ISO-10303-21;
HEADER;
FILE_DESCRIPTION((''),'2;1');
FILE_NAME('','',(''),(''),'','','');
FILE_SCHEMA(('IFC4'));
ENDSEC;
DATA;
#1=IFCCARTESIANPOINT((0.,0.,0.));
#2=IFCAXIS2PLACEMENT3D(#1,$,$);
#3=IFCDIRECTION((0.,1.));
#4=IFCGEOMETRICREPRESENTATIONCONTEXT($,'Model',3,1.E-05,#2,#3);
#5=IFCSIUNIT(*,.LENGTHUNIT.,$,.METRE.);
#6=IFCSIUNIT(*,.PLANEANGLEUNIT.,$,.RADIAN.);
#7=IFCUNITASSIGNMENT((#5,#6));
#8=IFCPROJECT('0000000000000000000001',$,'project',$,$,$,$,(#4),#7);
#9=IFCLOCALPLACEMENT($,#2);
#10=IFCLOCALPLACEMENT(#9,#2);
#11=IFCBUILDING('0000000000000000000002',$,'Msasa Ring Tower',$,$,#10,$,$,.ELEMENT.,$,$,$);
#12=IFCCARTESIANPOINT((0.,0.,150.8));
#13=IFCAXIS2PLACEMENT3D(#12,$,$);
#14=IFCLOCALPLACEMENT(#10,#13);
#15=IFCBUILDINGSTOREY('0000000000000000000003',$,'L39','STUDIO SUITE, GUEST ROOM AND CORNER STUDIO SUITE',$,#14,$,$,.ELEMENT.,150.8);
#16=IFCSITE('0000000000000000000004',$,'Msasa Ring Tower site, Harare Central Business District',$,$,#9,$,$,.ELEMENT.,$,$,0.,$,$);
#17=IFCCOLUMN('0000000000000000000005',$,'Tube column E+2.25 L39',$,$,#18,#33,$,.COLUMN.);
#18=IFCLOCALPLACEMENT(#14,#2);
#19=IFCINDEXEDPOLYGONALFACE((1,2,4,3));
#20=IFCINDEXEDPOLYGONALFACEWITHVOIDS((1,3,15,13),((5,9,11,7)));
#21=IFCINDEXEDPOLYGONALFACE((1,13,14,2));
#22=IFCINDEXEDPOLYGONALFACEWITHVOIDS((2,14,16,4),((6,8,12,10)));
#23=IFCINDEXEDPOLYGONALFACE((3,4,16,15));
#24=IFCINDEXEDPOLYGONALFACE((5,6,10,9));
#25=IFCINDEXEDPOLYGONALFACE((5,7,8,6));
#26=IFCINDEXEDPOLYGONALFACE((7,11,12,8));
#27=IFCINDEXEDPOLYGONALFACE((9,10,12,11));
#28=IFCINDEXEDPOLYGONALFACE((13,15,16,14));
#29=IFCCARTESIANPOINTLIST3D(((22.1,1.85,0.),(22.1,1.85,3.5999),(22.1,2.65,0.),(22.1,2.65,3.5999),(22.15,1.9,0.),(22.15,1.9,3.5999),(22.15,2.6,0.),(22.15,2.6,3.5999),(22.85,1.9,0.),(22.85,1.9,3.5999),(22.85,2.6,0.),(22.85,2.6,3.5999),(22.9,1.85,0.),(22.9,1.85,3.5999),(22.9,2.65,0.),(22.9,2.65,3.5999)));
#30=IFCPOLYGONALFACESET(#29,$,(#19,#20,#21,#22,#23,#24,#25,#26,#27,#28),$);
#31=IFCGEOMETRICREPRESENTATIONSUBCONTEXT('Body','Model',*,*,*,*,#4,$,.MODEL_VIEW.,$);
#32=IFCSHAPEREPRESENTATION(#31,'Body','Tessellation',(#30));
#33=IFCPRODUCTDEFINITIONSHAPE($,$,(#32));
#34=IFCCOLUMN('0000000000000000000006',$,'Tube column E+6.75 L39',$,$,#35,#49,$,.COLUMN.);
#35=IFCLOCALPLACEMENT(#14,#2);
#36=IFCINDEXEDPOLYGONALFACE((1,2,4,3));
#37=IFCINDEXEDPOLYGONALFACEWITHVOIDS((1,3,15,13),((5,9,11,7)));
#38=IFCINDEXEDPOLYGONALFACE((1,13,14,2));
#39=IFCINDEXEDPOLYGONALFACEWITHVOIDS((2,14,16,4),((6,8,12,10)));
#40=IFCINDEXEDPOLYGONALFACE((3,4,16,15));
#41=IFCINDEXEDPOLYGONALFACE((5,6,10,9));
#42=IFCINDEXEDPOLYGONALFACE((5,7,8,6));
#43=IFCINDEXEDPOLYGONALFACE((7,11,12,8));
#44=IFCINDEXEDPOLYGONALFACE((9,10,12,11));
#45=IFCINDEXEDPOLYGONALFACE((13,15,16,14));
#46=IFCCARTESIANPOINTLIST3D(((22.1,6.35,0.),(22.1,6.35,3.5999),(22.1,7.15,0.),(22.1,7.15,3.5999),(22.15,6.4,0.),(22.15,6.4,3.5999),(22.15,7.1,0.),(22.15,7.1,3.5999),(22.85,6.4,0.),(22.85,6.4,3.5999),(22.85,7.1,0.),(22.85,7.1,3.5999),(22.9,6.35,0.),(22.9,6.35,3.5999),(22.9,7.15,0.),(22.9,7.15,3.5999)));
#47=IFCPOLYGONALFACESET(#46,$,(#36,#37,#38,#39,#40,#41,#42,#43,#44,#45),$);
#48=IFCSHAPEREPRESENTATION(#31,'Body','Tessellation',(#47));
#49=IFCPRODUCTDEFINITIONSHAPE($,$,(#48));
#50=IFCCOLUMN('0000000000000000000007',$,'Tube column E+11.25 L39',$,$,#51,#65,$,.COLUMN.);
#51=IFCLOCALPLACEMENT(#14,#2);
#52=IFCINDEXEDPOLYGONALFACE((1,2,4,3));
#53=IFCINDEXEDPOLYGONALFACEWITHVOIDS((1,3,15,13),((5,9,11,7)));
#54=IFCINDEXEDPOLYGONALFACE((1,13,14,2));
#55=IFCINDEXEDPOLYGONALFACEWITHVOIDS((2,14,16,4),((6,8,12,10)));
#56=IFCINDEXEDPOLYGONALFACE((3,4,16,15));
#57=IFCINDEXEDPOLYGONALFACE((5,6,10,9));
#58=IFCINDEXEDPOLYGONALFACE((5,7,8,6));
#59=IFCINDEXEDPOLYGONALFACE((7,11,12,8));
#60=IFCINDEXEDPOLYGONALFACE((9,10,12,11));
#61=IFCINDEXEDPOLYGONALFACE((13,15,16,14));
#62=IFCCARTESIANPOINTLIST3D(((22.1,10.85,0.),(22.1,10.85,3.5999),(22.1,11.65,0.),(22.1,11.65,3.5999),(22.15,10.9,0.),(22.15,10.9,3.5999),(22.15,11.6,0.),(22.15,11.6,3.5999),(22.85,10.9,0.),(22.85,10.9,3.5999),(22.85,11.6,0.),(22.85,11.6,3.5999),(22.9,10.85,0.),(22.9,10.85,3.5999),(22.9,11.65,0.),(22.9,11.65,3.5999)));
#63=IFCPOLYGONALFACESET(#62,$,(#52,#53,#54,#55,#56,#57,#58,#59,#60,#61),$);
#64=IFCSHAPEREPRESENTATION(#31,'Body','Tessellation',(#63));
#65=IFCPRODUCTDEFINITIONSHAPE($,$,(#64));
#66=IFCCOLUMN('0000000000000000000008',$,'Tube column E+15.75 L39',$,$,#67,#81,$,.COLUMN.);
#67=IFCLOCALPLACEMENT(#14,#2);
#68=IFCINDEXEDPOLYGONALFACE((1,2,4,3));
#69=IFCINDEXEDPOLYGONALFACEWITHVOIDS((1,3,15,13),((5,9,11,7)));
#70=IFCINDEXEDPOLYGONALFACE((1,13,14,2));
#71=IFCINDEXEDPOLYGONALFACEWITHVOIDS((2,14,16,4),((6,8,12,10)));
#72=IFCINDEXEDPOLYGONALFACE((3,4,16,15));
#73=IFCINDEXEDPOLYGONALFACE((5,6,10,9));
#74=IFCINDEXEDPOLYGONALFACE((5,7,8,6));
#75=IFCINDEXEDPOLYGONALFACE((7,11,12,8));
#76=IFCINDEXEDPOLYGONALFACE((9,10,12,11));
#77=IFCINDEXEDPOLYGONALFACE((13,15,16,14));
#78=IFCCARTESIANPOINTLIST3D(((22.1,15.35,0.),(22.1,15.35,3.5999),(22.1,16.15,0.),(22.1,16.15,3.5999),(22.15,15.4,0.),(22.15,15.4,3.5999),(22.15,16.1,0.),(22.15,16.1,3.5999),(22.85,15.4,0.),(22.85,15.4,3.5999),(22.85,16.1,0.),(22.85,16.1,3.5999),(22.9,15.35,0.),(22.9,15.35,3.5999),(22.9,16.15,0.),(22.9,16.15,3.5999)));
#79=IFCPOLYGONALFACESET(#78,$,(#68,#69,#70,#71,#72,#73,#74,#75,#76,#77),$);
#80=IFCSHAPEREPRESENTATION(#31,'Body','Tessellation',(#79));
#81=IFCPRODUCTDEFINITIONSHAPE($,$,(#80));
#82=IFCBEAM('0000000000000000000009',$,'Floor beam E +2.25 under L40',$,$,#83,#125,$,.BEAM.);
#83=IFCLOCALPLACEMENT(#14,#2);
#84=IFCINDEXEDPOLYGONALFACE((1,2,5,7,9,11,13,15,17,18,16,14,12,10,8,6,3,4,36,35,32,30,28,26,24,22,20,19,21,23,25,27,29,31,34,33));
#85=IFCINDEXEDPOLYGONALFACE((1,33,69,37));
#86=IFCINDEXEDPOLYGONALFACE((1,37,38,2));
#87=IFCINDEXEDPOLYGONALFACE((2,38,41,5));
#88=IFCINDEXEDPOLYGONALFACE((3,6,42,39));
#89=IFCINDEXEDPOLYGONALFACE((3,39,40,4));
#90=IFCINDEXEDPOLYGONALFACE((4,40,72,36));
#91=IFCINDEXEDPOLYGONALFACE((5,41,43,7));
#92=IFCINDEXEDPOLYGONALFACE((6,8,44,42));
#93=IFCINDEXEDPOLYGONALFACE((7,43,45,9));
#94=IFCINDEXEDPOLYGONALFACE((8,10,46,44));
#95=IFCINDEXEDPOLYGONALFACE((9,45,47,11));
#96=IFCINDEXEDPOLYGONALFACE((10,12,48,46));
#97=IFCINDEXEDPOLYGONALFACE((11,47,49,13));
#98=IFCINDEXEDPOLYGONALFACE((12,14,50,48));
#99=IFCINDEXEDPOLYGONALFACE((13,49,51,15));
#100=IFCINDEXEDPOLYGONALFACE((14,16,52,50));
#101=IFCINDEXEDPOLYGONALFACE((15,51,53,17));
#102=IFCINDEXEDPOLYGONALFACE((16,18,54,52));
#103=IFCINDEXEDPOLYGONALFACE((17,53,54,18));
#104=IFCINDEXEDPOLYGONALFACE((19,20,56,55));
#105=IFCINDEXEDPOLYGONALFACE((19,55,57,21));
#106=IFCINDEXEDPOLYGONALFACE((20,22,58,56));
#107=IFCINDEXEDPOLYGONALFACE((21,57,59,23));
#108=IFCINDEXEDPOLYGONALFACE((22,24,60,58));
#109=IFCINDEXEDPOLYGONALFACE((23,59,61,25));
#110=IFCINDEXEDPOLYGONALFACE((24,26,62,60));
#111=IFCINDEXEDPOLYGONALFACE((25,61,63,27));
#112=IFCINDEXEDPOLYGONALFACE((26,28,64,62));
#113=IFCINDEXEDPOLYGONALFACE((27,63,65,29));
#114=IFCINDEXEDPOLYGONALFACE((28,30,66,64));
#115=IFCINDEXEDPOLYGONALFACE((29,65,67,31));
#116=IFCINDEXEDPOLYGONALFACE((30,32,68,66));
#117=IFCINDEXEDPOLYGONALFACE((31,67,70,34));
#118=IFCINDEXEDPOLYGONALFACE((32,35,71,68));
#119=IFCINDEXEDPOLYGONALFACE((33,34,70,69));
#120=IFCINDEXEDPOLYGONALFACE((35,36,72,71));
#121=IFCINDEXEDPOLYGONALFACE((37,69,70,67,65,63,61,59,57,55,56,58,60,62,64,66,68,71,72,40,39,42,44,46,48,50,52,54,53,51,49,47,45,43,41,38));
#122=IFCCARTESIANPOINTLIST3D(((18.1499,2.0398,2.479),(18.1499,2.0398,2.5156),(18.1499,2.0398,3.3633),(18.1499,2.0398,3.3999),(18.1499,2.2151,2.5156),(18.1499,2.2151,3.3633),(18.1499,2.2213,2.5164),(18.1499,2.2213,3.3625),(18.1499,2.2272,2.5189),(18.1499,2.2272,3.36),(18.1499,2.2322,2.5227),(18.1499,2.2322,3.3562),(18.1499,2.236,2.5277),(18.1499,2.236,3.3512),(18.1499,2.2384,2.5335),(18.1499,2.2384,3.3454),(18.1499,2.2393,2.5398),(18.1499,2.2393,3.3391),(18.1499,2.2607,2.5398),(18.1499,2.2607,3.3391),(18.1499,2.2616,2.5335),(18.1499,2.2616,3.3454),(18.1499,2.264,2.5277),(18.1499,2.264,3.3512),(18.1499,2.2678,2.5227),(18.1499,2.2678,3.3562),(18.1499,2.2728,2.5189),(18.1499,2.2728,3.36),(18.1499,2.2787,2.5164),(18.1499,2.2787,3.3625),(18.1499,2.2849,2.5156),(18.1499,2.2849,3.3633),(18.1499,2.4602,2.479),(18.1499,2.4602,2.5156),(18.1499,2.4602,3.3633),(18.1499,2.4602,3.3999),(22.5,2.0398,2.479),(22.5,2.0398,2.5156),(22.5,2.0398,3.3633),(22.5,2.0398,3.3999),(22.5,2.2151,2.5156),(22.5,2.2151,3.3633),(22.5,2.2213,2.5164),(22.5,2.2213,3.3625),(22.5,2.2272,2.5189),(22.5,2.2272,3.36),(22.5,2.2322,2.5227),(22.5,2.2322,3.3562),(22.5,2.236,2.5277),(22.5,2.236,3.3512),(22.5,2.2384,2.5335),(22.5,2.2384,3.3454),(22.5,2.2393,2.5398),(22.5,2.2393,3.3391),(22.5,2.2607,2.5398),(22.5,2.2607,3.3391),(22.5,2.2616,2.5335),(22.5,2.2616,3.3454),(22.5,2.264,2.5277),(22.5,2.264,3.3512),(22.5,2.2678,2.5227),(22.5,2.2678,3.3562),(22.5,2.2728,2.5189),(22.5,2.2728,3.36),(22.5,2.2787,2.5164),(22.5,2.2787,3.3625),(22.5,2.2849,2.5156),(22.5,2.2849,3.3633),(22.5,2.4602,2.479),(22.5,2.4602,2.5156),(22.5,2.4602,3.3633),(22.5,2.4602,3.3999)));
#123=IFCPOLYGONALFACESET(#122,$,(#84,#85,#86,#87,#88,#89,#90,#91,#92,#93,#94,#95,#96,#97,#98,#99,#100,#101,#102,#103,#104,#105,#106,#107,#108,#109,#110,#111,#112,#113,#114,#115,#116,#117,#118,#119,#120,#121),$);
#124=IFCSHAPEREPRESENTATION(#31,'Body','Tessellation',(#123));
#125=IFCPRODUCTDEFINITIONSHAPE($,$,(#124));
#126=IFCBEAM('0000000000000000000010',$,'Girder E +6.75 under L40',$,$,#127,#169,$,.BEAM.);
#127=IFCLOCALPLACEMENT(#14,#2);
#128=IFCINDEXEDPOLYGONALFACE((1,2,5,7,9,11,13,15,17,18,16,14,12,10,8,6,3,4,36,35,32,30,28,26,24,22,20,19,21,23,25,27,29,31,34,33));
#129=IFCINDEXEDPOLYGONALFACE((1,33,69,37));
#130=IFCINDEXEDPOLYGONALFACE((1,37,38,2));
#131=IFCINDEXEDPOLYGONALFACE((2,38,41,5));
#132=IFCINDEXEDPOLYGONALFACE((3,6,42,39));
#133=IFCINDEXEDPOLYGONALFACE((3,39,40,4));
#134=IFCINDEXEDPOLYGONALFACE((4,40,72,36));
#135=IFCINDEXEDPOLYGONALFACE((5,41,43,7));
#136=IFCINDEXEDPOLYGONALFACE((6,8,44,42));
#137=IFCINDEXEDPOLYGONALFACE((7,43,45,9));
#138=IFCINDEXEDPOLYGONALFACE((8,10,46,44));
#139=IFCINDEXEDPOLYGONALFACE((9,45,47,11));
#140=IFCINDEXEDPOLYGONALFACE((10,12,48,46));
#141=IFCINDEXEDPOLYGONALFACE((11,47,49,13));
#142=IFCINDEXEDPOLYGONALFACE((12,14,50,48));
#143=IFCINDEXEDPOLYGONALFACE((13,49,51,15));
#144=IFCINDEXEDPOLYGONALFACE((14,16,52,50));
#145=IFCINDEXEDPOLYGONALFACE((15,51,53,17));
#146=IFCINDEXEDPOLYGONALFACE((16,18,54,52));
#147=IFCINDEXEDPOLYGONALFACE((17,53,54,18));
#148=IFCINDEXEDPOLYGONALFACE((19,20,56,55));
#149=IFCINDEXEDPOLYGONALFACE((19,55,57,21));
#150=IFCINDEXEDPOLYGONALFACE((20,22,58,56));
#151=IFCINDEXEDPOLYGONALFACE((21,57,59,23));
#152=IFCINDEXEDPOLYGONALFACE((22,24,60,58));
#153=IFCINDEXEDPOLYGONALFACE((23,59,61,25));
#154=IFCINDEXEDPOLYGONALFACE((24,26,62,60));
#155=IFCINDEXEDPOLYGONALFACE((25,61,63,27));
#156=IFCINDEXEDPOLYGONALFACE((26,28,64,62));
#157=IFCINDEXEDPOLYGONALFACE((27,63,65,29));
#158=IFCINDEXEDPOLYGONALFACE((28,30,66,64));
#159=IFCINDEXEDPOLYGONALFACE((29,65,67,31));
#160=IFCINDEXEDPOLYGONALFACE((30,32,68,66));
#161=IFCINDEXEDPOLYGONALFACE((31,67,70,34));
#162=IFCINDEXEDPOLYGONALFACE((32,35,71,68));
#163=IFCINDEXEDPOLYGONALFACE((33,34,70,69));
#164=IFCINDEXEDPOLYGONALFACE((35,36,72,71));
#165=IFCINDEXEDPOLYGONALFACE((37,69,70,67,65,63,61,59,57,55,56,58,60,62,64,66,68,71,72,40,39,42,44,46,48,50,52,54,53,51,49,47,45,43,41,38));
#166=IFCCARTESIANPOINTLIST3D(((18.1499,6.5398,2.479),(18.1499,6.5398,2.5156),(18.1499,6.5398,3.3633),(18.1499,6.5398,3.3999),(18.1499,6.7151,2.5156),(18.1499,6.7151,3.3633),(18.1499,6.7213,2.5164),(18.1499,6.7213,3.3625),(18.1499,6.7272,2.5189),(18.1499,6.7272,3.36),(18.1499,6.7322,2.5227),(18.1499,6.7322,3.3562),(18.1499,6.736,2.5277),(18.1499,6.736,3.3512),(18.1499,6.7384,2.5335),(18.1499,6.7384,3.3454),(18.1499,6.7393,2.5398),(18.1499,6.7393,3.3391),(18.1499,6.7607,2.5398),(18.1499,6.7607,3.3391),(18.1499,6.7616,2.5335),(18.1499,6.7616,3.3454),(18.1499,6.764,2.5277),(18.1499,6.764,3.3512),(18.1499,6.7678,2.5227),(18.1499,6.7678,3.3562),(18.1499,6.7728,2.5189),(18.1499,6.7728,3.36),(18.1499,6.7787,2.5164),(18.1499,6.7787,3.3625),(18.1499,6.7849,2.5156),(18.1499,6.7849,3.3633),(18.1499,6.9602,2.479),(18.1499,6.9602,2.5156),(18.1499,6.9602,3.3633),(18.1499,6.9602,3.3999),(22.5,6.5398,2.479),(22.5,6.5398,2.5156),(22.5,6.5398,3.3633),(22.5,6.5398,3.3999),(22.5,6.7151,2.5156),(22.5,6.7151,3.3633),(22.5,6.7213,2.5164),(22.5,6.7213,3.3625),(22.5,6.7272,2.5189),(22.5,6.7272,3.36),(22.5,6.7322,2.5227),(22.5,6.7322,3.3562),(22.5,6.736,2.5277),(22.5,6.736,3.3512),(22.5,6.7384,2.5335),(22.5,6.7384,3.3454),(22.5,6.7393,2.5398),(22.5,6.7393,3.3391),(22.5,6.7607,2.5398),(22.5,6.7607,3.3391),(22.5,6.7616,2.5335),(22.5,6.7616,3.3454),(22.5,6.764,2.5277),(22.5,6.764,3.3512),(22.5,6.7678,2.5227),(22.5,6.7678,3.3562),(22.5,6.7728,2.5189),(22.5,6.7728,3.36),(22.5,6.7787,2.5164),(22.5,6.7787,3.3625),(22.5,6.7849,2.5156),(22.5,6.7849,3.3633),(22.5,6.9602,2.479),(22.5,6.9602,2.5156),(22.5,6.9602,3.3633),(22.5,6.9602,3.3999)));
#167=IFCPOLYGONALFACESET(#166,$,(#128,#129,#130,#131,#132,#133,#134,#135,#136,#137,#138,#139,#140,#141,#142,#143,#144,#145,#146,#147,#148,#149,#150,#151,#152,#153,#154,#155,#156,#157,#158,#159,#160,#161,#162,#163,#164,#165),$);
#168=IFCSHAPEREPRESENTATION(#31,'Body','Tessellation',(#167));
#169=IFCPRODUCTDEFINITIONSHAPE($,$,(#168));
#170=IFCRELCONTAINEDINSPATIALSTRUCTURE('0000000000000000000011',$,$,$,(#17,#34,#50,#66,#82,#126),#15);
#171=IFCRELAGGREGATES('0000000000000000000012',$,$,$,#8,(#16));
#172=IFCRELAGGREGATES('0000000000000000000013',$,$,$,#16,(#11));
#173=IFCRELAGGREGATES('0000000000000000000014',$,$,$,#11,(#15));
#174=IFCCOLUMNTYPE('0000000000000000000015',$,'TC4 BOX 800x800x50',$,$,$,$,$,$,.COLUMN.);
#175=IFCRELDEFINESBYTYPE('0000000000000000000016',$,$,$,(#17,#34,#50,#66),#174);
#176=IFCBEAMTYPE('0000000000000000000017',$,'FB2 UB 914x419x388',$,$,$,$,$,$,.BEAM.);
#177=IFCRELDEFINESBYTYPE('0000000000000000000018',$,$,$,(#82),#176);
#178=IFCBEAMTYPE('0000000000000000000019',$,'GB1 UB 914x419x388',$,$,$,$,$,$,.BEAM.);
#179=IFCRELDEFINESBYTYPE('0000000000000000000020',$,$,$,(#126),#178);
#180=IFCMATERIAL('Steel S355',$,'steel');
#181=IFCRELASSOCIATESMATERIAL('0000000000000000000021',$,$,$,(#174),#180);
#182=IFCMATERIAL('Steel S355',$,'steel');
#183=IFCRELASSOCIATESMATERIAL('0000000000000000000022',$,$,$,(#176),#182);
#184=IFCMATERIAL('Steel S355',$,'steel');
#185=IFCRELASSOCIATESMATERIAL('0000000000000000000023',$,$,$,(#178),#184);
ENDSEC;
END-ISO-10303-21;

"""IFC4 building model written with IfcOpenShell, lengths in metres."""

from ifc_helpers import new_model, si_unit, direction, frame, origin, origin_2d, place, context, subcontext, project, spatial, hollow_rectangle, i_section, extrude, material, material_profile, profile_set, type_object, element, save


model = new_model("IFC4")

# Units and contexts
model_context = context("Model", 3, precision=1e-05, world=origin(), true_north=direction((0.0, 1.0)))
body_context = subcontext(model_context, "Body", "Model", "MODEL_VIEW")
ifc_project = project(units=[si_unit("LENGTHUNIT", "METRE"), si_unit("PLANEANGLEUNIT", "RADIAN")], contexts=[model_context])

# Site, building, storey
site_placement = place(None, origin())
site = spatial("IfcSite", under=ifc_project, at=site_placement, Name="Msasa Ring Tower site, Harare Central Business District", CompositionType="ELEMENT", RefElevation=0.0)
building_placement = place(site_placement, origin())
building = spatial("IfcBuilding", under=site, at=building_placement, Name="Msasa Ring Tower", CompositionType="ELEMENT")
storey_placement = place(building_placement, frame((0.0, 0.0, 150.8)))
storey = spatial("IfcBuildingStorey", under=building, at=storey_placement, Name="L39", Description="STUDIO SUITE, GUEST ROOM AND CORNER STUDIO SUITE", CompositionType="ELEMENT", Elevation=150.8)

# Columns
ifc_material_1 = material(Name="Steel S355", Category="steel")
ifc_material_profile_1 = material_profile(ifc_material_1, hollow_rectangle(XDim=0.8, YDim=0.8, WallThickness=0.05, at=origin_2d()), Name="BOX 800x800x50")
ifc_profile_set_1 = profile_set([ifc_material_profile_1], Name="Steel S355")
column_type = type_object("IfcColumnType", Name="TC4 BOX 800x800x50", PredefinedType="COLUMN", material=ifc_profile_set_1)
for number, where, z_axis, x_axis, name in (
    (1, (22.5, 2.25, 0.0), (0.0, 0.0, 1.0), (1.0, 0.0, 0.0), "Tube column E+2.25 L39"),
    (2, (22.5, 6.75, 0.0), (0.0, 0.0, 1.0), (1.0, 0.0, 0.0), "Tube column E+6.75 L39"),
    (3, (22.5, 11.25, 0.0), (0.0, 0.0, 1.0), (1.0, 0.0, 0.0), "Tube column E+11.25 L39"),
    (4, (22.5, 15.75, 0.0), (0.0, 0.0, 1.0), (1.0, 0.0, 0.0), "Tube column E+15.75 L39"),
):
    element("IfcColumn", number, at=place(storey_placement, frame(where, z_axis=z_axis, x_axis=x_axis)), inside=storey, type_object=column_type, Name=name, PredefinedType="COLUMN", context=body_context, shape_type="SweptSolid", body=[
        extrude(hollow_rectangle(XDim=0.8, YDim=0.8, WallThickness=0.05, at=origin_2d()), origin(), (0.0, 0.0, 1.0), 3.5999),
    ])

# Beams
ifc_material_2 = material(Name="Steel S355", Category="steel")
ifc_material_profile_2 = material_profile(ifc_material_2, i_section(OverallWidth=0.4204, OverallDepth=0.9209, WebThickness=0.0215, FlangeThickness=0.0366, FilletRadius=0.0242, at=origin_2d()), Name="UB 914x419x388")
ifc_profile_set_2 = profile_set([ifc_material_profile_2], Name="Steel S355")
beam_type_1 = type_object("IfcBeamType", Name="FB2 UB 914x419x388", PredefinedType="BEAM", material=ifc_profile_set_2)
beam_1_placement = place(storey_placement, frame((22.5, 2.25, 2.9395), z_axis=(-1.0, 0.0, 0.0), x_axis=(0.0, -1.0, 0.0)))
element("IfcBeam", 5, at=beam_1_placement, inside=storey, type_object=beam_type_1, Name="Floor beam E +2.25 under L40", PredefinedType="BEAM", context=body_context, shape_type="SweptSolid", body=[
    extrude(i_section(OverallWidth=0.4204, OverallDepth=0.9209, WebThickness=0.0215, FlangeThickness=0.0366, FilletRadius=0.0242, at=origin_2d()), origin(), (0.0, 0.0, 1.0), 4.3501),
])
ifc_material_3 = material(Name="Steel S355", Category="steel")
ifc_material_profile_3 = material_profile(ifc_material_3, i_section(OverallWidth=0.4204, OverallDepth=0.9209, WebThickness=0.0215, FlangeThickness=0.0366, FilletRadius=0.0242, at=origin_2d()), Name="UB 914x419x388")
ifc_profile_set_3 = profile_set([ifc_material_profile_3], Name="Steel S355")
beam_type_2 = type_object("IfcBeamType", Name="GB1 UB 914x419x388", PredefinedType="BEAM", material=ifc_profile_set_3)
beam_2_placement = place(storey_placement, frame((18.1499, 6.75, 2.9395), z_axis=(1.0, 0.0, 0.0), x_axis=(0.0, 1.0, 0.0)))
element("IfcBeam", 6, at=beam_2_placement, inside=storey, type_object=beam_type_2, Name="Girder E +6.75 under L40", PredefinedType="BEAM", context=body_context, shape_type="SweptSolid", body=[
    extrude(i_section(OverallWidth=0.4204, OverallDepth=0.9209, WebThickness=0.0215, FlangeThickness=0.0366, FilletRadius=0.0242, at=origin_2d()), origin(), (0.0, 0.0, 1.0), 4.3501),
])

save(model, "model.ifc")
